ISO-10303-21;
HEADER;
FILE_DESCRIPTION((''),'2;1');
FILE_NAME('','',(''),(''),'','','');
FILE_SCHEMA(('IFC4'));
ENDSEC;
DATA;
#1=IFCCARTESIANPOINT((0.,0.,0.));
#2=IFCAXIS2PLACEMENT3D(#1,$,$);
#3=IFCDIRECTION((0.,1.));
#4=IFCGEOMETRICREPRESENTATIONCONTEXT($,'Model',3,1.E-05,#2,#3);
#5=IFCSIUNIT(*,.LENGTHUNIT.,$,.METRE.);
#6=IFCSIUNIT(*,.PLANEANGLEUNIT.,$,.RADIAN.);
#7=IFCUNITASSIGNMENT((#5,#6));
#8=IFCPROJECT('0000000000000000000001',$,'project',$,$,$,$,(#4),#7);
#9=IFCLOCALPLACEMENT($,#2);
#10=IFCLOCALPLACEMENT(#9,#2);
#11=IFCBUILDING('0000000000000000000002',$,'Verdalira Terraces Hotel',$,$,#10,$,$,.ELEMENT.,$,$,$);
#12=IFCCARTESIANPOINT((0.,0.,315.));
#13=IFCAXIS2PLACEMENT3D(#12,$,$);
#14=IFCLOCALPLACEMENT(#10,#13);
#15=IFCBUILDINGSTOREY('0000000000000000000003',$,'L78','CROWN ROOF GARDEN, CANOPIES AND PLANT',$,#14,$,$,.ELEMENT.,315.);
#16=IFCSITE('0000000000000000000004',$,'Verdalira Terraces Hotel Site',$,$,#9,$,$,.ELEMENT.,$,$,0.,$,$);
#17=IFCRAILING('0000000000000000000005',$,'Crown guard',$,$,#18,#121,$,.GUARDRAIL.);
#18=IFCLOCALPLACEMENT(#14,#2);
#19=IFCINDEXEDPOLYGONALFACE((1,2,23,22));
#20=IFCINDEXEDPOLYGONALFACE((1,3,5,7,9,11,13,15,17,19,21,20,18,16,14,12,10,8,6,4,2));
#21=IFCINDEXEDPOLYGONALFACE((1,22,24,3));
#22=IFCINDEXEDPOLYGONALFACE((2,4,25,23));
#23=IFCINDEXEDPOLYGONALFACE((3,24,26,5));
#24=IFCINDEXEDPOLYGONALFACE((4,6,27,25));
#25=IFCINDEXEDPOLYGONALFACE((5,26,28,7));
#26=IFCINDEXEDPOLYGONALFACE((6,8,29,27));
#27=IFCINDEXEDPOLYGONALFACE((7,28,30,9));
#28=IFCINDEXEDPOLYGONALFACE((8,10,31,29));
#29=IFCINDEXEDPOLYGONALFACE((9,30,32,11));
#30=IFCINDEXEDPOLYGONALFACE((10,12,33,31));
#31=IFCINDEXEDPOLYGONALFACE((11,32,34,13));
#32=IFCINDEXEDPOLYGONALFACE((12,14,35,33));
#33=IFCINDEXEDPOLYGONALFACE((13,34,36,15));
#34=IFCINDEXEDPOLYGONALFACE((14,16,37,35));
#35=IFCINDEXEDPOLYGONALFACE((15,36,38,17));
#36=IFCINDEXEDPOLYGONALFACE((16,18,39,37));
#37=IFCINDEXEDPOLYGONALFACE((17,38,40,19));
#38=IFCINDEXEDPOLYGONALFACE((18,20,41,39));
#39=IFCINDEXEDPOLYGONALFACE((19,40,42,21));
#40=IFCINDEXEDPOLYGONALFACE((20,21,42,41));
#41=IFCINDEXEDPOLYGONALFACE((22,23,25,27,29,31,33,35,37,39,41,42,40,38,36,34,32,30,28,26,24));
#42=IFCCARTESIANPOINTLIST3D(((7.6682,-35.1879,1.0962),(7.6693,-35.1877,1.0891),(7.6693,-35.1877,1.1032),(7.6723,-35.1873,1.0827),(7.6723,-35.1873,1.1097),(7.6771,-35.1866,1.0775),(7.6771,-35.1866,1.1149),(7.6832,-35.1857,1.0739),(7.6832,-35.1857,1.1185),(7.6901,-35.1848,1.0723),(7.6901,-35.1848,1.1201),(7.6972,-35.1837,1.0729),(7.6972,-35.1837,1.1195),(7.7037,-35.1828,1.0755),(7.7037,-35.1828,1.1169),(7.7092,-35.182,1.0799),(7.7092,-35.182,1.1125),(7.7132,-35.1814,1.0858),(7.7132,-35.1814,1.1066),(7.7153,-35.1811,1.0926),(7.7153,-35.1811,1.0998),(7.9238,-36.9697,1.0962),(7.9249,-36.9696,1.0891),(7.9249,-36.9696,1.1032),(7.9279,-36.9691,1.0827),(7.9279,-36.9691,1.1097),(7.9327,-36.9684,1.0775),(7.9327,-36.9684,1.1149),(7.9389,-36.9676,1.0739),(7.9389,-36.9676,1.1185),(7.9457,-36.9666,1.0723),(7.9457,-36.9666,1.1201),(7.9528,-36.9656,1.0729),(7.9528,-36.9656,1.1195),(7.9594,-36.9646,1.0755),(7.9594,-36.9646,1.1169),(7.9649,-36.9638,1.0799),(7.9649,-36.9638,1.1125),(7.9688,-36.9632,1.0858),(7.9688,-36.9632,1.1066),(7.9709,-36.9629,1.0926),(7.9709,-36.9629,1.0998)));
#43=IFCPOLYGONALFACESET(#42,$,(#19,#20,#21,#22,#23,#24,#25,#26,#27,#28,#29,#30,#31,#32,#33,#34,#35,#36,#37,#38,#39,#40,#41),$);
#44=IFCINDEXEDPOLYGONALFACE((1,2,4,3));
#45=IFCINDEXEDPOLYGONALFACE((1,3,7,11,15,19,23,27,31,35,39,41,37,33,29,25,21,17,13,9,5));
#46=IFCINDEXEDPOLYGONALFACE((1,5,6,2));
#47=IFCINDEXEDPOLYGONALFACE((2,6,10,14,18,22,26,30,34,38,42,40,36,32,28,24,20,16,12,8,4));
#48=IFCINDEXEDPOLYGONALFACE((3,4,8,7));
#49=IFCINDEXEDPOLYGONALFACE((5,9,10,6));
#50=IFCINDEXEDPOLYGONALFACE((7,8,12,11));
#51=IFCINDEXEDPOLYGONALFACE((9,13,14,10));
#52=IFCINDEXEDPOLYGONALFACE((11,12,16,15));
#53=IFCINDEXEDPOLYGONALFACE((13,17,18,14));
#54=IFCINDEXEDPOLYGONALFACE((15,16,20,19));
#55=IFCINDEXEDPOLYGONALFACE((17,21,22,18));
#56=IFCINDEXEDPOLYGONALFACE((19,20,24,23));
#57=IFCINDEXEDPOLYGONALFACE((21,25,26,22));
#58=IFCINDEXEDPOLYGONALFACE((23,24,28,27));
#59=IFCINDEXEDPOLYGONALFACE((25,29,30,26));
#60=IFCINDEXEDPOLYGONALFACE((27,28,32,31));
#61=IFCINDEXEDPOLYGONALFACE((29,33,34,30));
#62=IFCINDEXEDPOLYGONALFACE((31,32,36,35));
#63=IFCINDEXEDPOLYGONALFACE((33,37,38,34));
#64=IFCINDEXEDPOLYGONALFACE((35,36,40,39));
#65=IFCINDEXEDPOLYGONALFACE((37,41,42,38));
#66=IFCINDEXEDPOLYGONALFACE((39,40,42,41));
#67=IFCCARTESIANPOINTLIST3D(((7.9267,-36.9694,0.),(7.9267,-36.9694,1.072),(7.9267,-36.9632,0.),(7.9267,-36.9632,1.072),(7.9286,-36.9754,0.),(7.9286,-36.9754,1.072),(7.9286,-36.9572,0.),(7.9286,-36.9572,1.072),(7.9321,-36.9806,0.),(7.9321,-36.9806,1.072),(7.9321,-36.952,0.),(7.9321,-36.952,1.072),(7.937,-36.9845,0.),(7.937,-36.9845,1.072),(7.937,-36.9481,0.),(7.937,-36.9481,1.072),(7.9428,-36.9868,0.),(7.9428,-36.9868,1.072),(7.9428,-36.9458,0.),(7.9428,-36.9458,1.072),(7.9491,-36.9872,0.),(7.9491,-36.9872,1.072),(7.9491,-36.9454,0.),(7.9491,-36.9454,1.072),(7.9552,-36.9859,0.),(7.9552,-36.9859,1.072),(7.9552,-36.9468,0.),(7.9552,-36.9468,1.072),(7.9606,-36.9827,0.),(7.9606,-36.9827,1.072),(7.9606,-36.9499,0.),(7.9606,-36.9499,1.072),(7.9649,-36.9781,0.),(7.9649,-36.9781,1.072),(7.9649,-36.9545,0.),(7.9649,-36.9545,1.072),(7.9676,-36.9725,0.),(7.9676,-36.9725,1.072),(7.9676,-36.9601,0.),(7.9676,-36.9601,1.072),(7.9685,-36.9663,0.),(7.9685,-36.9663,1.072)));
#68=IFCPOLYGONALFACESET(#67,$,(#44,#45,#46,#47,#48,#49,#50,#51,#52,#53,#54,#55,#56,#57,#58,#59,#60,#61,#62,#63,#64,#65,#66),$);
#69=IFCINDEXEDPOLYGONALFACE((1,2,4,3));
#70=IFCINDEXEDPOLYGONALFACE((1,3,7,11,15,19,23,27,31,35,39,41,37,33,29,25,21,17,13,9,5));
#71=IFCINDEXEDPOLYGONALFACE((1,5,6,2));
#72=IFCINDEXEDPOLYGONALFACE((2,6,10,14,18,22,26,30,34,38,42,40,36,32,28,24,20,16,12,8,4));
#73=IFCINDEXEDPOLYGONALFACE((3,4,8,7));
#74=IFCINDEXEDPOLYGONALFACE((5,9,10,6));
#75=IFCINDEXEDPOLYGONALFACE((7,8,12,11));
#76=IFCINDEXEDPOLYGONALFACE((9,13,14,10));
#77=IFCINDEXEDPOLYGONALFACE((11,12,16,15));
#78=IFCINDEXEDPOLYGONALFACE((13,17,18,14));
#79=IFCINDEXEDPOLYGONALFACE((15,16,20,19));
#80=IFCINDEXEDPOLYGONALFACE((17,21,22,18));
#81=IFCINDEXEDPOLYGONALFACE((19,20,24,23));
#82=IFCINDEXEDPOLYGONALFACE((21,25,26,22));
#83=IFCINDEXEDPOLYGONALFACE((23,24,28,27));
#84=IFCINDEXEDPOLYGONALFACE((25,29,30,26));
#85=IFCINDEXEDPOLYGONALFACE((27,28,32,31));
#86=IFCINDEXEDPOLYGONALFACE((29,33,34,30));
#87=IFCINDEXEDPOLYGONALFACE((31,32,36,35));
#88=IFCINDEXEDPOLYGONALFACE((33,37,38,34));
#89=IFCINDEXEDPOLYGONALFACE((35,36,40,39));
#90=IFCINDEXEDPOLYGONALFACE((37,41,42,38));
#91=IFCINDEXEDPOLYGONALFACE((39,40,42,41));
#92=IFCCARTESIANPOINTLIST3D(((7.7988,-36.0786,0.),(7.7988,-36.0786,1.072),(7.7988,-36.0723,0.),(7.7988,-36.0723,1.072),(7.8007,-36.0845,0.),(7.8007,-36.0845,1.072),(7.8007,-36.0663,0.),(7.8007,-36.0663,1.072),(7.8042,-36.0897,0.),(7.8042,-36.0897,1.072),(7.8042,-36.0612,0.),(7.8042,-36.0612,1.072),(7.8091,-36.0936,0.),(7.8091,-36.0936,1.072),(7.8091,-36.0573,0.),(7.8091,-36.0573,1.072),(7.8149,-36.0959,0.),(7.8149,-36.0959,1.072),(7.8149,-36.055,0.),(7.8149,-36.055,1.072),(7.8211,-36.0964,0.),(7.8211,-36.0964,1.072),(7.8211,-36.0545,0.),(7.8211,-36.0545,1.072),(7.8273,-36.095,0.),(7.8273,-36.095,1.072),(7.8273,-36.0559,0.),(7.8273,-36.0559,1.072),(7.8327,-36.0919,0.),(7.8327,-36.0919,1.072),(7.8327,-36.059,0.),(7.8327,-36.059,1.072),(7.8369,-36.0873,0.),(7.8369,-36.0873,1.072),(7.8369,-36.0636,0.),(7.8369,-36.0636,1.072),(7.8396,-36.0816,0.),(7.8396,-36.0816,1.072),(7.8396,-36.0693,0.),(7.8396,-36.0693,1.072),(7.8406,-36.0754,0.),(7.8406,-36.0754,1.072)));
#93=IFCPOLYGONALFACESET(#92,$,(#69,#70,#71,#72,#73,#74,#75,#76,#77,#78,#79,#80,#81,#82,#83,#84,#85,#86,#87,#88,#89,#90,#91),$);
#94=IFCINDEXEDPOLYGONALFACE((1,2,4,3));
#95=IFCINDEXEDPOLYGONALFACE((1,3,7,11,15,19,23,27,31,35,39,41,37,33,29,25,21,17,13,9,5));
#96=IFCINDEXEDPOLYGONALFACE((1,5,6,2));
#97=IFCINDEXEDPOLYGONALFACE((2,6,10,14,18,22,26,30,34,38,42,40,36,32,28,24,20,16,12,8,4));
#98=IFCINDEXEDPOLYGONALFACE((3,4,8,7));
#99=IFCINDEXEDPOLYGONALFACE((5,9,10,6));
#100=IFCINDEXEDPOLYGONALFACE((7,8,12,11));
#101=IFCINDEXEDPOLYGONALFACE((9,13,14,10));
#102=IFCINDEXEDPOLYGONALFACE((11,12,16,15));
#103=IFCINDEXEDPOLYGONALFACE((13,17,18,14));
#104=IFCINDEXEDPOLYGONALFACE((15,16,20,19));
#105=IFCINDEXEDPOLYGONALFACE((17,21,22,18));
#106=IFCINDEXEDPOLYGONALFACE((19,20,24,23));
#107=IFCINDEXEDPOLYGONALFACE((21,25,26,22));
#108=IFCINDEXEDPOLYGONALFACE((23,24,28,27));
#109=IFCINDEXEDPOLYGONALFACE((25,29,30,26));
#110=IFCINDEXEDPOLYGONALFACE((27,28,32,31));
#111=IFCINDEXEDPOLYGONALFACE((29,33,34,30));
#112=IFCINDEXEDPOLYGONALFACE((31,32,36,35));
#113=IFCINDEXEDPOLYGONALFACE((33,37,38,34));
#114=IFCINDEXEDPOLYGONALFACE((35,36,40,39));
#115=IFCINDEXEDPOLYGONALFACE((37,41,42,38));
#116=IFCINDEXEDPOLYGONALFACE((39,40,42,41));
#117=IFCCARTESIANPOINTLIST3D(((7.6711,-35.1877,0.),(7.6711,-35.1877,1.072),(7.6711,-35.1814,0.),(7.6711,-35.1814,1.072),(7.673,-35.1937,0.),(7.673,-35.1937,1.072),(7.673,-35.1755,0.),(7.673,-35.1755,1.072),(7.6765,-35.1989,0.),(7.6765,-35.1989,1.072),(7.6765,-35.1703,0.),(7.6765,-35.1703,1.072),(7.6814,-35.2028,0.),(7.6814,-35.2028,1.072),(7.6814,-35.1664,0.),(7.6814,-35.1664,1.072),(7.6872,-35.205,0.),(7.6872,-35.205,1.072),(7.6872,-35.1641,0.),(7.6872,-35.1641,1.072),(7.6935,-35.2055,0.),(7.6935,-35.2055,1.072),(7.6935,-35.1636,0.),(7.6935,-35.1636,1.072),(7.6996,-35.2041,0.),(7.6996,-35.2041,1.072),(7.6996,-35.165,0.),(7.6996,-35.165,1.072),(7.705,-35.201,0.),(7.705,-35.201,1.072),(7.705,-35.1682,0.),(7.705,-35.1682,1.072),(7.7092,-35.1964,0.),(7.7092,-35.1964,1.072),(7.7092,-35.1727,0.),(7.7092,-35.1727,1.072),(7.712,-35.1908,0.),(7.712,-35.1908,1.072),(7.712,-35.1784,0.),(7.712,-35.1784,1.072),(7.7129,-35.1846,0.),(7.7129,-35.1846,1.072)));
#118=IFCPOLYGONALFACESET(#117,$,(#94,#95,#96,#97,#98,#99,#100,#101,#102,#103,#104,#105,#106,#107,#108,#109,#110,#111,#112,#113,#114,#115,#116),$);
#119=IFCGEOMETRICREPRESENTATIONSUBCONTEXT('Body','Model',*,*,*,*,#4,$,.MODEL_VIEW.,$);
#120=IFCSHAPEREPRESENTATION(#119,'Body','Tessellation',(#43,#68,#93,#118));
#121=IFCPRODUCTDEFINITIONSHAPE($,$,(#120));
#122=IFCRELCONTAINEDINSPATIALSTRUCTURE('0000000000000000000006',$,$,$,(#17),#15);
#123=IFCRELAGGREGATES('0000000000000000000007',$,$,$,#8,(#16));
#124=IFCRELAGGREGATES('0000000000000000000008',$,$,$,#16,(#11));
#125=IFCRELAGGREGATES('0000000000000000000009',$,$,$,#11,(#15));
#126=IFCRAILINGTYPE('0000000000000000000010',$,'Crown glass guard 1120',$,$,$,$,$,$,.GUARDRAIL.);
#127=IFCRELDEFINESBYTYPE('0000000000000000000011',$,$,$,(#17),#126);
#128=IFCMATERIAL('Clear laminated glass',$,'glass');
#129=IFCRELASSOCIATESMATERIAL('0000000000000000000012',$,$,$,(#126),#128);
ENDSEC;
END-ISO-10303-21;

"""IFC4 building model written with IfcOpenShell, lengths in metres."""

from ifc_helpers import new_model, si_unit, direction, frame, origin, origin_2d, place, context, subcontext, project, spatial, circle, extrude, material, type_object, element, save


model = new_model("IFC4")

# Units and contexts
model_context = context("Model", 3, precision=1e-05, world=origin(), true_north=direction((0.0, 1.0)))
body_context = subcontext(model_context, "Body", "Model", "MODEL_VIEW")
ifc_project = project(units=[si_unit("LENGTHUNIT", "METRE"), si_unit("PLANEANGLEUNIT", "RADIAN")], contexts=[model_context])

# Site, building, storey
site_placement = place(None, origin())
site = spatial("IfcSite", under=ifc_project, at=site_placement, Name="Verdalira Terraces Hotel Site", CompositionType="ELEMENT", RefElevation=0.0)
building_placement = place(site_placement, origin())
building = spatial("IfcBuilding", under=site, at=building_placement, Name="Verdalira Terraces Hotel", CompositionType="ELEMENT")
storey_placement = place(building_placement, frame((0.0, 0.0, 315.0)))
storey = spatial("IfcBuildingStorey", under=building, at=storey_placement, Name="L78", Description="CROWN ROOF GARDEN, CANOPIES AND PLANT", CompositionType="ELEMENT", Elevation=315.0)

# Railing
ifc_material_1 = material(Name="Clear laminated glass", Category="glass")
railing_type = type_object("IfcRailingType", Name="Crown glass guard 1120", PredefinedType="GUARDRAIL", material=ifc_material_1)
railing_1_placement = place(storey_placement, frame((7.9475, -36.9663, 0.0)))
element("IfcRailing", 1, at=railing_1_placement, inside=storey, type_object=railing_type, Name="Crown guard", PredefinedType="GUARDRAIL", context=body_context, shape_type="SweptSolid", body=[
    extrude(circle(Radius=0.0239, at=origin_2d()), frame((0.0, 0.0, 1.0962), z_axis=(-0.14201, 0.989865, 0.0), x_axis=(-0.989865, -0.14201, 0.0)), (0.0, 0.0, 1.0), 1.8),
    extrude(circle(Radius=0.021, at=origin_2d()), origin(), (0.0, 0.0, 1.0), 1.072),
    extrude(circle(Radius=0.021, at=origin_2d()), frame((-0.1279, 0.8909, 0.0)), (0.0, 0.0, 1.0), 1.072),
    extrude(circle(Radius=0.021, at=origin_2d()), frame((-0.2556, 1.7817, 0.0)), (0.0, 0.0, 1.0), 1.072),
])

save(model, "model.ifc")
